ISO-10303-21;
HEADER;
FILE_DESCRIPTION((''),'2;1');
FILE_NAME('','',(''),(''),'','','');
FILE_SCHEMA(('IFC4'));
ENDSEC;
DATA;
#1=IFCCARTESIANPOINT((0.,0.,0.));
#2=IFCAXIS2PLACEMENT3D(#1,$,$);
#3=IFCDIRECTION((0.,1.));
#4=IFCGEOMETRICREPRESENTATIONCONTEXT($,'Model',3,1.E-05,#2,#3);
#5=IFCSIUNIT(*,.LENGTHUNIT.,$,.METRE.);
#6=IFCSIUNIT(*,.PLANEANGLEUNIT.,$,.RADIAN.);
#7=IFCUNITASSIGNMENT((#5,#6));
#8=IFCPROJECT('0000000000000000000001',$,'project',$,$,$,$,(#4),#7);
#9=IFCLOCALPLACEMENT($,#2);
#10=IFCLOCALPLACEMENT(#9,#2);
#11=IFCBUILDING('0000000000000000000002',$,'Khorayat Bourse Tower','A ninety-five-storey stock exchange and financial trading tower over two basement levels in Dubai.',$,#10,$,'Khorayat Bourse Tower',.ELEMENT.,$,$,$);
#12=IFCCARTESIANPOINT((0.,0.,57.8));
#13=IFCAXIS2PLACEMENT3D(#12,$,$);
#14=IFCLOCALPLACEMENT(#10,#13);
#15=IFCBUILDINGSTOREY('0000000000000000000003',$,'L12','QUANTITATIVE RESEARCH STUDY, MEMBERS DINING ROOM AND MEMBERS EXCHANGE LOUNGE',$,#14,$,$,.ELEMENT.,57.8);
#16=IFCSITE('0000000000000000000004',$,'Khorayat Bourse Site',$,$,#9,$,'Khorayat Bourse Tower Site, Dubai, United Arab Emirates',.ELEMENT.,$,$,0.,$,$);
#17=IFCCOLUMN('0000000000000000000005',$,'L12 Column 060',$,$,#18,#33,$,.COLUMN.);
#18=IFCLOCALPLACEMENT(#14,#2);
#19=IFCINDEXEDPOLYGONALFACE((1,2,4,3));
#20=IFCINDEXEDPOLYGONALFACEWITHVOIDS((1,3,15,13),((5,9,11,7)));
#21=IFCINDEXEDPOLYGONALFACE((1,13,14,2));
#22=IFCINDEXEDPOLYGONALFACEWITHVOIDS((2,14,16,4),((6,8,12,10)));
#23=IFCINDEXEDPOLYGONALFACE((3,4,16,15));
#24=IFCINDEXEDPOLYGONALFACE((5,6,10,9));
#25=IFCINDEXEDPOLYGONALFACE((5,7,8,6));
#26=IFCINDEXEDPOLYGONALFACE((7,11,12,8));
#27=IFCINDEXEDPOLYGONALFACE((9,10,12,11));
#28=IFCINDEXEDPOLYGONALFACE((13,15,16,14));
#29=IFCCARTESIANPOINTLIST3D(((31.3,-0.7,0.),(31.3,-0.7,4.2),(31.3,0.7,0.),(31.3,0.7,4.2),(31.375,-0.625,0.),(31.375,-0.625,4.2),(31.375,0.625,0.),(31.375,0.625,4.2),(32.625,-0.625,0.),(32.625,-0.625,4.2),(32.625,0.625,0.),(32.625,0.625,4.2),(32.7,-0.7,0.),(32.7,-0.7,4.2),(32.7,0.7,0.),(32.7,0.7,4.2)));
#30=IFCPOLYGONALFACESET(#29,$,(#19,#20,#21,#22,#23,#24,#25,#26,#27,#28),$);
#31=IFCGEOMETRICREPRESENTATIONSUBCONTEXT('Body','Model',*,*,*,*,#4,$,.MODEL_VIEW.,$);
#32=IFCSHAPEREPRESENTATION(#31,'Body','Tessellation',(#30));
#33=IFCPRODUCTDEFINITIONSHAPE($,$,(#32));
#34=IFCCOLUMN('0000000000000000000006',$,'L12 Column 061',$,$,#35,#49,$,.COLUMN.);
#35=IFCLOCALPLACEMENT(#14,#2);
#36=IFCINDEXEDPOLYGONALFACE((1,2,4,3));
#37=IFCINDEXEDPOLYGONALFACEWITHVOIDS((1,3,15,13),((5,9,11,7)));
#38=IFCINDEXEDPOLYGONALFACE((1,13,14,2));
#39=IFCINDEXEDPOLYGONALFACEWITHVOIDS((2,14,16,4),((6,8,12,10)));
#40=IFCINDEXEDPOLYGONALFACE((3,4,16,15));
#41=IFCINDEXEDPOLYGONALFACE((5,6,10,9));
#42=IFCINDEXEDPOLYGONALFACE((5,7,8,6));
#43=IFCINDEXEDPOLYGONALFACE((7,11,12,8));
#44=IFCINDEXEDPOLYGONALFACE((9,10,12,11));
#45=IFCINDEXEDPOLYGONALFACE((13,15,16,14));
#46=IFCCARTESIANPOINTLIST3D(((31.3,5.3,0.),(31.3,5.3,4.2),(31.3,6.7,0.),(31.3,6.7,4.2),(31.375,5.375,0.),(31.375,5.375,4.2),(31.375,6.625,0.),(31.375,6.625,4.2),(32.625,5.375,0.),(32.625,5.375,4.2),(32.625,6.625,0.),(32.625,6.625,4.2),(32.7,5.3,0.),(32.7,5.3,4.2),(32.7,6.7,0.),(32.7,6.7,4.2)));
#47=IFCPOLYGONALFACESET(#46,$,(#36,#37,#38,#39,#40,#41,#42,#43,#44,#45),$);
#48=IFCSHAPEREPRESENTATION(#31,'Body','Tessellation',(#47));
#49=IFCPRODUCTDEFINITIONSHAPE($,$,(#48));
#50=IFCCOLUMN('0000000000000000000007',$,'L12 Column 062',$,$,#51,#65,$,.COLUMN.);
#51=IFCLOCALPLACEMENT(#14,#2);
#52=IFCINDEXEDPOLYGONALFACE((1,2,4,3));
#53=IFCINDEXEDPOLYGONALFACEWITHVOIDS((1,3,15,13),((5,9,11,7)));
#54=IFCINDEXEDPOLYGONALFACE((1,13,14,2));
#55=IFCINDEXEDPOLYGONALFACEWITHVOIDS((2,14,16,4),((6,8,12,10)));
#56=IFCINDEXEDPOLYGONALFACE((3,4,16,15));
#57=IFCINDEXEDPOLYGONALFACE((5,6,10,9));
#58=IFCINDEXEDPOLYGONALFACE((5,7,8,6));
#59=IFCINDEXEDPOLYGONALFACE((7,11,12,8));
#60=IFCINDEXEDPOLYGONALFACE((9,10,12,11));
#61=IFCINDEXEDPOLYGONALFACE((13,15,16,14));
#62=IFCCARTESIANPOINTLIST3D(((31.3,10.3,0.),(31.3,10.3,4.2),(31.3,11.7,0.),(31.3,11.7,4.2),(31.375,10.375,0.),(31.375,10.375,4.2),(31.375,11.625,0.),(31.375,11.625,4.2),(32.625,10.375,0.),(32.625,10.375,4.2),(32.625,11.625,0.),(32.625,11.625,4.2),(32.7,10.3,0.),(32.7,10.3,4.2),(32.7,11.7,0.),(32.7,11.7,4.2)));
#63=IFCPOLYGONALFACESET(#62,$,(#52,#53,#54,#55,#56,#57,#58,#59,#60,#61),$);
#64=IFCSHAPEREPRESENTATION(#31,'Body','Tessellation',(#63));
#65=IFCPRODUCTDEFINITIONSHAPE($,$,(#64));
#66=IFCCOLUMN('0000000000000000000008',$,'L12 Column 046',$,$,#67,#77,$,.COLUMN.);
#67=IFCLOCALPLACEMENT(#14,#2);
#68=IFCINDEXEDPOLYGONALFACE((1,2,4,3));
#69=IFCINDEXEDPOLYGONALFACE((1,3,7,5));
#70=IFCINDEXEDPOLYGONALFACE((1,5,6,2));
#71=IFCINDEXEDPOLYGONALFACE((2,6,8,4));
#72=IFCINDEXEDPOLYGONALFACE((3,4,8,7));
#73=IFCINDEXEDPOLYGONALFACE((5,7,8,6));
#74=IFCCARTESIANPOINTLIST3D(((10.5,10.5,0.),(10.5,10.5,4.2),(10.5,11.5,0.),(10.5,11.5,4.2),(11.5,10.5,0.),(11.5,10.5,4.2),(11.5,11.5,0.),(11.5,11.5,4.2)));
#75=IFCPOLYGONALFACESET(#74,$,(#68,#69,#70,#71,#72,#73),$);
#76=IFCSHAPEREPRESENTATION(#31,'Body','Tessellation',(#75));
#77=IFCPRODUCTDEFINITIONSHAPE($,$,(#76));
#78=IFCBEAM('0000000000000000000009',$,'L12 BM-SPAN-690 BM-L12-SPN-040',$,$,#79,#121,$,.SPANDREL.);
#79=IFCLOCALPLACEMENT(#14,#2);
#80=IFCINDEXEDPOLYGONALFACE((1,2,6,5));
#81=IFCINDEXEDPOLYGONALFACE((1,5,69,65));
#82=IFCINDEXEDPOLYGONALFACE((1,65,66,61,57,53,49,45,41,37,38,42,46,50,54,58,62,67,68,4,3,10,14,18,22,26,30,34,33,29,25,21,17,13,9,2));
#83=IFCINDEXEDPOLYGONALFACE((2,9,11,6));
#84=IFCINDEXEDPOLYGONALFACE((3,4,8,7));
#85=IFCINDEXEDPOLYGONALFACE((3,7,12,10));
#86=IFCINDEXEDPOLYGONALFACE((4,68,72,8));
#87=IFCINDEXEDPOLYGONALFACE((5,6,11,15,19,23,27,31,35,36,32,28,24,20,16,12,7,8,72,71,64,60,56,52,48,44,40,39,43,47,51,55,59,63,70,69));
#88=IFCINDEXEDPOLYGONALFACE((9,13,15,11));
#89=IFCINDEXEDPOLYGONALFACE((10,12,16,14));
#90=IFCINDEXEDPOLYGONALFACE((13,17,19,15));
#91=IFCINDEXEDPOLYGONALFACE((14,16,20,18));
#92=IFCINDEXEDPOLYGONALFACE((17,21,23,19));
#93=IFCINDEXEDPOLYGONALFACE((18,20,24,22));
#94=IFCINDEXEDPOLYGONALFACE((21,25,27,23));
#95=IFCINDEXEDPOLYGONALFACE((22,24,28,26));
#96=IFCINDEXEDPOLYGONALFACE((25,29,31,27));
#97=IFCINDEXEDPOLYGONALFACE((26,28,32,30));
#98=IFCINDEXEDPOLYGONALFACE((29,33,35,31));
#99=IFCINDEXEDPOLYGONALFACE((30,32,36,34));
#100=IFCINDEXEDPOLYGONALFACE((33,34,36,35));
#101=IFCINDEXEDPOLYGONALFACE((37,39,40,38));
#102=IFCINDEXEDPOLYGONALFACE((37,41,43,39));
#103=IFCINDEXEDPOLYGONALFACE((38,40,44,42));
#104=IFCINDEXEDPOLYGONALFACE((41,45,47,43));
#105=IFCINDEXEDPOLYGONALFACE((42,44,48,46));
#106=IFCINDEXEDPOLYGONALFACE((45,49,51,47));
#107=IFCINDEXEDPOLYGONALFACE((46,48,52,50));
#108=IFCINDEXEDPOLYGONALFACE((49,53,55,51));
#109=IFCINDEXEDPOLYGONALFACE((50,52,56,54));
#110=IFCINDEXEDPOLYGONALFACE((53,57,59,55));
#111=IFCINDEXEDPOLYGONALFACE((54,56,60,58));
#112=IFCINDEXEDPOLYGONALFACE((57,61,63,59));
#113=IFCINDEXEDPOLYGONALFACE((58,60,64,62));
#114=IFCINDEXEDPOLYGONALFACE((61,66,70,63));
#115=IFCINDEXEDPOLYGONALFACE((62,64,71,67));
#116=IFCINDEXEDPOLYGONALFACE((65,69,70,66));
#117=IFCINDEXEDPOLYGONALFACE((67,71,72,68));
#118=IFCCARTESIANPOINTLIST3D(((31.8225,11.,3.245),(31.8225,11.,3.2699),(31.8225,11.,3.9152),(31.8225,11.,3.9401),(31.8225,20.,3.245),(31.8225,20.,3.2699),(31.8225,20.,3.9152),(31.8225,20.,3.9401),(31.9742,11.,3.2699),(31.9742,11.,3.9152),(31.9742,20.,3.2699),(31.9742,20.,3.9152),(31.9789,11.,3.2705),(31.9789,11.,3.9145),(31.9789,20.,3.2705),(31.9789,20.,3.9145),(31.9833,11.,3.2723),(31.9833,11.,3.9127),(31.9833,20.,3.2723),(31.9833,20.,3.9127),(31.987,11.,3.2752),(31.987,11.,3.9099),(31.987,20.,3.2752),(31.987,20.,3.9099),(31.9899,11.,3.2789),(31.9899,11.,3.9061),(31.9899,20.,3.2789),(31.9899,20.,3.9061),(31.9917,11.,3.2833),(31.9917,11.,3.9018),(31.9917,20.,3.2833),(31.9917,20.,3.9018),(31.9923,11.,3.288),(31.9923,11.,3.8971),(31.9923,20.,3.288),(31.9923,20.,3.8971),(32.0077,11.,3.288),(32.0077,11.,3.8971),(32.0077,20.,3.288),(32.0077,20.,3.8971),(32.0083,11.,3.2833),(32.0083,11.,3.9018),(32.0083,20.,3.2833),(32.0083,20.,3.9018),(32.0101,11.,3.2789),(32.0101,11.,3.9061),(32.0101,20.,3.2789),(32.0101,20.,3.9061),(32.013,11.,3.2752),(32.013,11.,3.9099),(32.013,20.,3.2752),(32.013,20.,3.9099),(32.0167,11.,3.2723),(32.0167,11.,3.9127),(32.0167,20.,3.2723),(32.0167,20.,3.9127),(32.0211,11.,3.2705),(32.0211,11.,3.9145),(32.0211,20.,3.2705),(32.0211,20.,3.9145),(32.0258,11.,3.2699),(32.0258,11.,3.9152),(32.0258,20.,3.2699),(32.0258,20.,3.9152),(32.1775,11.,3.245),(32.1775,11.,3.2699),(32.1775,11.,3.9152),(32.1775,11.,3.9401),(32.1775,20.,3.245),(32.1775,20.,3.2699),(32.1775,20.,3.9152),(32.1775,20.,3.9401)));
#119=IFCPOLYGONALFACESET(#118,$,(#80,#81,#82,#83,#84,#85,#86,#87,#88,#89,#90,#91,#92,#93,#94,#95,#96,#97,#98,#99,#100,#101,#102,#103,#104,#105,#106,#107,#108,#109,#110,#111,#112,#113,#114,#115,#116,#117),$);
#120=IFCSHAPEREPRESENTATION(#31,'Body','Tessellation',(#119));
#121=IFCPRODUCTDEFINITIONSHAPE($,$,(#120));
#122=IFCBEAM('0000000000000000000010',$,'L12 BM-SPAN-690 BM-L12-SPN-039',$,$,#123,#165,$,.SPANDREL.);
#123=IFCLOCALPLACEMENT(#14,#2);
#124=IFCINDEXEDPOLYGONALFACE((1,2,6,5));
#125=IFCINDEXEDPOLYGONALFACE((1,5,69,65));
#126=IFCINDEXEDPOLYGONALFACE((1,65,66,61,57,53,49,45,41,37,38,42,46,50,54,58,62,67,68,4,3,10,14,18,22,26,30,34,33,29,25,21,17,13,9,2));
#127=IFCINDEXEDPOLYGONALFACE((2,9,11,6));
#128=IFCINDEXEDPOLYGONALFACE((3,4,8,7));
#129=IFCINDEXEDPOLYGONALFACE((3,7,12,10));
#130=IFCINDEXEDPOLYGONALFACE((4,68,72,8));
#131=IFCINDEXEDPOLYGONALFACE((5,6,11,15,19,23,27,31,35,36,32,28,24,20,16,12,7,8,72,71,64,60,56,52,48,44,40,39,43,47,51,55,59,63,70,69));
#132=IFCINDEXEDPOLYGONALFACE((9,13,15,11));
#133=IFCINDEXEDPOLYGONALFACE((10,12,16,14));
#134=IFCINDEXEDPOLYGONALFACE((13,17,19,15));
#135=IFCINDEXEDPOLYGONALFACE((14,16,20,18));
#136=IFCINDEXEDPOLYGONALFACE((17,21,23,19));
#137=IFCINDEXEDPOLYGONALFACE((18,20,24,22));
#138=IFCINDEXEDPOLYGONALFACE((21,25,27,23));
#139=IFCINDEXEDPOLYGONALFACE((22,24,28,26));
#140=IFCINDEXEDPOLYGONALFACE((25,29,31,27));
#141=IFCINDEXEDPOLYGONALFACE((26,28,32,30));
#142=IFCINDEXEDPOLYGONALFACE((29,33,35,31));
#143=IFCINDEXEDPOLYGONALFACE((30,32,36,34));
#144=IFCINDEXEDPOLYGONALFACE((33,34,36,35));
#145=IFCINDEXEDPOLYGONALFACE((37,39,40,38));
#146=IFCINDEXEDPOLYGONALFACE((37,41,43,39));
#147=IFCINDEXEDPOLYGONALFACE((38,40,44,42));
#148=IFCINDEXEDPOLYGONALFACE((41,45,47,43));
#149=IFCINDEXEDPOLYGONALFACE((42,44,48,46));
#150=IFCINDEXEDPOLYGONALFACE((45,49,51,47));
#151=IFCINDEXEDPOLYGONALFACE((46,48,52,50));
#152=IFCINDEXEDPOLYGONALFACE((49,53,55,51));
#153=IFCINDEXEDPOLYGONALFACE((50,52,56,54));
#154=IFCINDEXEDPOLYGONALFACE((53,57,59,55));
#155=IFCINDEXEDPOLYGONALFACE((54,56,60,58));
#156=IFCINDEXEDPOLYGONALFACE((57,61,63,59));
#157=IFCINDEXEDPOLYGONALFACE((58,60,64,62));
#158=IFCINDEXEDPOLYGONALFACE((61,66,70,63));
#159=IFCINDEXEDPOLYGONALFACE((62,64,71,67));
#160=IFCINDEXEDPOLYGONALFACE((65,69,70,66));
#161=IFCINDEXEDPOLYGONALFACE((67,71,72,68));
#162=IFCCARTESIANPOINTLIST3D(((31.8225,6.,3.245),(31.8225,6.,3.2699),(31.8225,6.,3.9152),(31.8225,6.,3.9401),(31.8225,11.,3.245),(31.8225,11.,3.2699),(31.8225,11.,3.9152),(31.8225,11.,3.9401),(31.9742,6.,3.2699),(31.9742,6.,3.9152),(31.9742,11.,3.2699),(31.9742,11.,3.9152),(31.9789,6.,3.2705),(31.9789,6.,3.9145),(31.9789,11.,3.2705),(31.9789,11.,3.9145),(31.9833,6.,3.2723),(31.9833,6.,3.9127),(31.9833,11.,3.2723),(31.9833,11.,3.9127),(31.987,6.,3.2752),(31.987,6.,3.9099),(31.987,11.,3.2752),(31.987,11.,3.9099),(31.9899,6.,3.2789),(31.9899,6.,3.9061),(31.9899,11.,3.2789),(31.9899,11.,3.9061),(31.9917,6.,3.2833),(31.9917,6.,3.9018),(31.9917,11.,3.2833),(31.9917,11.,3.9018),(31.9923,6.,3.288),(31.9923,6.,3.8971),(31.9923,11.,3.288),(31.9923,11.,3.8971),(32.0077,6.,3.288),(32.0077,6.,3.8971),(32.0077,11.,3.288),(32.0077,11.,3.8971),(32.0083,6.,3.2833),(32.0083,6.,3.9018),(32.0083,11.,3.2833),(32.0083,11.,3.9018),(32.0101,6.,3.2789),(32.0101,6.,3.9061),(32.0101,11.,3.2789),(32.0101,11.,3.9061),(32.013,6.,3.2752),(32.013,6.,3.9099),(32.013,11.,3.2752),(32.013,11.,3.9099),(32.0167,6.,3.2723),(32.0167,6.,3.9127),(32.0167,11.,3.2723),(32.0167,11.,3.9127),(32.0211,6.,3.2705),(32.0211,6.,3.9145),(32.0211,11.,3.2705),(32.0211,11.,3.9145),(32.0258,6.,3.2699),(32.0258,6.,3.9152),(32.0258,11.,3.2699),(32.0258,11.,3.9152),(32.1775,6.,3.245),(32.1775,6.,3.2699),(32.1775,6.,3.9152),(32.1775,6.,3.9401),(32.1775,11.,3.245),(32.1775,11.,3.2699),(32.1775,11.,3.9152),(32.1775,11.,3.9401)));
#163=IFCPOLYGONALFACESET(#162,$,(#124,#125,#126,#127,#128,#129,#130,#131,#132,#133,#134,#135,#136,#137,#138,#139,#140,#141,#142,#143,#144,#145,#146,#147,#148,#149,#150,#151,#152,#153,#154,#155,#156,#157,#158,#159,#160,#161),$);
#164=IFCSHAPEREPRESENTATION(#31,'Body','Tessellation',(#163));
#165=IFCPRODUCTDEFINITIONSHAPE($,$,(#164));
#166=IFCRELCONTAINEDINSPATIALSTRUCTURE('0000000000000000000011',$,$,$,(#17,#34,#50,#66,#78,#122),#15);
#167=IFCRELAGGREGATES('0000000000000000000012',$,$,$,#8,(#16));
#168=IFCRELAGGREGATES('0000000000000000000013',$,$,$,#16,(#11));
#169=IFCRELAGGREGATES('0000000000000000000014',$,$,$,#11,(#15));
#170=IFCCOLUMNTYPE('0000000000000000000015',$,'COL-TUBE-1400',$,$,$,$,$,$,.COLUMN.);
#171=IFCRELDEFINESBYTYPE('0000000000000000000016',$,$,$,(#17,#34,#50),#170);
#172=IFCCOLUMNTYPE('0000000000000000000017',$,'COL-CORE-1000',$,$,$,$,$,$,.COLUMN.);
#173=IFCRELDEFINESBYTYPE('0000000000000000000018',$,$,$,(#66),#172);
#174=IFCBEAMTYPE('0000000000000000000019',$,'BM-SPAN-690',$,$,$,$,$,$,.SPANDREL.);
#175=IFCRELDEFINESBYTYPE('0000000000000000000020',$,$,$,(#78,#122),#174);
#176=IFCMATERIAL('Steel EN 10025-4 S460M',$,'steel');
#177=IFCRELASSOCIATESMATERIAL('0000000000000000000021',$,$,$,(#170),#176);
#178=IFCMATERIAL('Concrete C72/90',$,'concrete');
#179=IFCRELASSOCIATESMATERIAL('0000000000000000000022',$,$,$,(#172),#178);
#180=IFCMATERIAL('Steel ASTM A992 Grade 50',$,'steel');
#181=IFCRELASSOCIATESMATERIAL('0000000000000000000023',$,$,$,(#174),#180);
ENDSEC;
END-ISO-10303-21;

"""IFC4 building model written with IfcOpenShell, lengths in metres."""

from ifc_helpers import new_model, si_unit, direction, frame, origin, origin_2d, place, context, subcontext, project, spatial, rectangle, hollow_rectangle, i_section, extrude, source, transform, mapped, material, material_profile, profile_set, type_object, element, save


model = new_model("IFC4")

# Units and contexts
model_context = context("Model", 3, precision=1e-05, world=origin(), true_north=direction((0.0, 1.0)))
body_context = subcontext(model_context, "Body", "Model", "MODEL_VIEW")
ifc_project = project(units=[si_unit("LENGTHUNIT", "METRE"), si_unit("PLANEANGLEUNIT", "RADIAN")], contexts=[model_context])

# Site, building, storey
site_placement = place(None, origin())
site = spatial("IfcSite", under=ifc_project, at=site_placement, Name="Khorayat Bourse Site", LongName="Khorayat Bourse Tower Site, Dubai, United Arab Emirates", CompositionType="ELEMENT", RefElevation=0.0)
building_placement = place(site_placement, origin())
building = spatial("IfcBuilding", under=site, at=building_placement, Name="Khorayat Bourse Tower", Description="A ninety-five-storey stock exchange and financial trading tower over two basement levels in Dubai.", LongName="Khorayat Bourse Tower", CompositionType="ELEMENT")
storey_placement = place(building_placement, frame((0.0, 0.0, 57.8)))
storey = spatial("IfcBuildingStorey", under=building, at=storey_placement, Name="L12", Description="QUANTITATIVE RESEARCH STUDY, MEMBERS DINING ROOM AND MEMBERS EXCHANGE LOUNGE", CompositionType="ELEMENT", Elevation=57.8)

# Columns
ifc_material_1 = material(Name="Steel EN 10025-4 S460M", Category="steel")
ifc_material_profile_1 = material_profile(ifc_material_1, hollow_rectangle(XDim=1.3999, YDim=1.3999, WallThickness=0.075, at=origin_2d()), Name="BOX 1400x1400x75")
ifc_profile_set_1 = profile_set([ifc_material_profile_1], Name="Steel EN 10025-4 S460M")
column_type_1 = type_object("IfcColumnType", Name="COL-TUBE-1400", PredefinedType="COLUMN", material=ifc_profile_set_1)
shared_shape_1 = source(origin(), body_context, "Body", "SweptSolid", [
    extrude(hollow_rectangle(XDim=1.3999, YDim=1.3999, WallThickness=0.075, at=origin_2d()), origin(), (0.0, 0.0, 1.0), 4.2),
])
for number, where, z_axis, x_axis, name in (
    (1, (32.0, 0.0, 0.0), (0.0, 0.0, 1.0), (1.0, 0.0, 0.0), "L12 Column 060"),
    (2, (32.0, 6.0, 0.0), (0.0, 0.0, 1.0), (1.0, 0.0, 0.0), "L12 Column 061"),
    (3, (32.0, 11.0, 0.0), (0.0, 0.0, 1.0), (1.0, 0.0, 0.0), "L12 Column 062"),
):
    element("IfcColumn", number, at=place(storey_placement, frame(where, z_axis=z_axis, x_axis=x_axis)), inside=storey, type_object=column_type_1, Name=name, PredefinedType="COLUMN", context=body_context, shape_type="MappedRepresentation", body=[
        mapped(shared_shape_1, transform((0.0, 0.0, 0.0), scale=1.0)),
    ])
ifc_material_2 = material(Name="Concrete C72/90", Category="concrete")
ifc_material_profile_2 = material_profile(ifc_material_2, rectangle(XDim=1.0, YDim=1.0, at=origin_2d()), Name="RC 1000x1000")
ifc_profile_set_2 = profile_set([ifc_material_profile_2], Name="Concrete C72/90")
column_type_2 = type_object("IfcColumnType", Name="COL-CORE-1000", PredefinedType="COLUMN", material=ifc_profile_set_2)
shared_shape_2 = source(origin(), body_context, "Body", "SweptSolid", [
    extrude(rectangle(XDim=1.0, YDim=1.0, at=origin_2d()), origin(), (0.0, 0.0, 1.0), 4.2),
])
column_placement = place(storey_placement, frame((11.0, 11.0, 0.0), z_axis=(0.0, 0.0, 1.0), x_axis=(1.0, 0.0, 0.0)))
element("IfcColumn", 4, at=column_placement, inside=storey, type_object=column_type_2, Name="L12 Column 046", PredefinedType="COLUMN", context=body_context, shape_type="MappedRepresentation", body=[
    mapped(shared_shape_2, transform((0.0, 0.0, 0.0), scale=1.0)),
])

# Beams
ifc_material_3 = material(Name="Steel ASTM A992 Grade 50", Category="steel")
ifc_material_profile_3 = material_profile(ifc_material_3, i_section(OverallWidth=0.355, OverallDepth=0.6951, WebThickness=0.0154, FlangeThickness=0.0249, FilletRadius=0.0181, at=origin_2d()), Name="W690X217")
ifc_profile_set_3 = profile_set([ifc_material_profile_3], Name="Steel ASTM A992 Grade 50")
beam_type_1 = type_object("IfcBeamType", Name="BM-SPAN-690", PredefinedType="SPANDREL", material=ifc_profile_set_3)
shared_shape_3 = source(origin(), body_context, "Body", "SweptSolid", [
    extrude(i_section(OverallWidth=0.355, OverallDepth=0.6951, WebThickness=0.0154, FlangeThickness=0.0249, FilletRadius=0.0181, at=origin_2d()), origin(), (0.0, 0.0, 1.0), 9.0),
])
beam_1_placement = place(storey_placement, frame((32.0, 11.0, 3.5925), z_axis=(0.0, 1.0, 0.0), x_axis=(-1.0, 0.0, 0.0)))
element("IfcBeam", 5, at=beam_1_placement, inside=storey, type_object=beam_type_1, Name="L12 BM-SPAN-690 BM-L12-SPN-040", PredefinedType="SPANDREL", context=body_context, shape_type="MappedRepresentation", body=[
    mapped(shared_shape_3, transform((0.0, 0.0, 0.0), scale=1.0)),
])
shared_shape_4 = source(origin(), body_context, "Body", "SweptSolid", [
    extrude(i_section(OverallWidth=0.355, OverallDepth=0.6951, WebThickness=0.0154, FlangeThickness=0.0249, FilletRadius=0.0181, at=origin_2d()), origin(), (0.0, 0.0, 1.0), 5.0),
])
beam_2_placement = place(storey_placement, frame((32.0, 6.0, 3.5925), z_axis=(0.0, 1.0, 0.0), x_axis=(-1.0, 0.0, 0.0)))
element("IfcBeam", 6, at=beam_2_placement, inside=storey, type_object=beam_type_1, Name="L12 BM-SPAN-690 BM-L12-SPN-039", PredefinedType="SPANDREL", context=body_context, shape_type="MappedRepresentation", body=[
    mapped(shared_shape_4, transform((0.0, 0.0, 0.0), scale=1.0)),
])

save(model, "model.ifc")
